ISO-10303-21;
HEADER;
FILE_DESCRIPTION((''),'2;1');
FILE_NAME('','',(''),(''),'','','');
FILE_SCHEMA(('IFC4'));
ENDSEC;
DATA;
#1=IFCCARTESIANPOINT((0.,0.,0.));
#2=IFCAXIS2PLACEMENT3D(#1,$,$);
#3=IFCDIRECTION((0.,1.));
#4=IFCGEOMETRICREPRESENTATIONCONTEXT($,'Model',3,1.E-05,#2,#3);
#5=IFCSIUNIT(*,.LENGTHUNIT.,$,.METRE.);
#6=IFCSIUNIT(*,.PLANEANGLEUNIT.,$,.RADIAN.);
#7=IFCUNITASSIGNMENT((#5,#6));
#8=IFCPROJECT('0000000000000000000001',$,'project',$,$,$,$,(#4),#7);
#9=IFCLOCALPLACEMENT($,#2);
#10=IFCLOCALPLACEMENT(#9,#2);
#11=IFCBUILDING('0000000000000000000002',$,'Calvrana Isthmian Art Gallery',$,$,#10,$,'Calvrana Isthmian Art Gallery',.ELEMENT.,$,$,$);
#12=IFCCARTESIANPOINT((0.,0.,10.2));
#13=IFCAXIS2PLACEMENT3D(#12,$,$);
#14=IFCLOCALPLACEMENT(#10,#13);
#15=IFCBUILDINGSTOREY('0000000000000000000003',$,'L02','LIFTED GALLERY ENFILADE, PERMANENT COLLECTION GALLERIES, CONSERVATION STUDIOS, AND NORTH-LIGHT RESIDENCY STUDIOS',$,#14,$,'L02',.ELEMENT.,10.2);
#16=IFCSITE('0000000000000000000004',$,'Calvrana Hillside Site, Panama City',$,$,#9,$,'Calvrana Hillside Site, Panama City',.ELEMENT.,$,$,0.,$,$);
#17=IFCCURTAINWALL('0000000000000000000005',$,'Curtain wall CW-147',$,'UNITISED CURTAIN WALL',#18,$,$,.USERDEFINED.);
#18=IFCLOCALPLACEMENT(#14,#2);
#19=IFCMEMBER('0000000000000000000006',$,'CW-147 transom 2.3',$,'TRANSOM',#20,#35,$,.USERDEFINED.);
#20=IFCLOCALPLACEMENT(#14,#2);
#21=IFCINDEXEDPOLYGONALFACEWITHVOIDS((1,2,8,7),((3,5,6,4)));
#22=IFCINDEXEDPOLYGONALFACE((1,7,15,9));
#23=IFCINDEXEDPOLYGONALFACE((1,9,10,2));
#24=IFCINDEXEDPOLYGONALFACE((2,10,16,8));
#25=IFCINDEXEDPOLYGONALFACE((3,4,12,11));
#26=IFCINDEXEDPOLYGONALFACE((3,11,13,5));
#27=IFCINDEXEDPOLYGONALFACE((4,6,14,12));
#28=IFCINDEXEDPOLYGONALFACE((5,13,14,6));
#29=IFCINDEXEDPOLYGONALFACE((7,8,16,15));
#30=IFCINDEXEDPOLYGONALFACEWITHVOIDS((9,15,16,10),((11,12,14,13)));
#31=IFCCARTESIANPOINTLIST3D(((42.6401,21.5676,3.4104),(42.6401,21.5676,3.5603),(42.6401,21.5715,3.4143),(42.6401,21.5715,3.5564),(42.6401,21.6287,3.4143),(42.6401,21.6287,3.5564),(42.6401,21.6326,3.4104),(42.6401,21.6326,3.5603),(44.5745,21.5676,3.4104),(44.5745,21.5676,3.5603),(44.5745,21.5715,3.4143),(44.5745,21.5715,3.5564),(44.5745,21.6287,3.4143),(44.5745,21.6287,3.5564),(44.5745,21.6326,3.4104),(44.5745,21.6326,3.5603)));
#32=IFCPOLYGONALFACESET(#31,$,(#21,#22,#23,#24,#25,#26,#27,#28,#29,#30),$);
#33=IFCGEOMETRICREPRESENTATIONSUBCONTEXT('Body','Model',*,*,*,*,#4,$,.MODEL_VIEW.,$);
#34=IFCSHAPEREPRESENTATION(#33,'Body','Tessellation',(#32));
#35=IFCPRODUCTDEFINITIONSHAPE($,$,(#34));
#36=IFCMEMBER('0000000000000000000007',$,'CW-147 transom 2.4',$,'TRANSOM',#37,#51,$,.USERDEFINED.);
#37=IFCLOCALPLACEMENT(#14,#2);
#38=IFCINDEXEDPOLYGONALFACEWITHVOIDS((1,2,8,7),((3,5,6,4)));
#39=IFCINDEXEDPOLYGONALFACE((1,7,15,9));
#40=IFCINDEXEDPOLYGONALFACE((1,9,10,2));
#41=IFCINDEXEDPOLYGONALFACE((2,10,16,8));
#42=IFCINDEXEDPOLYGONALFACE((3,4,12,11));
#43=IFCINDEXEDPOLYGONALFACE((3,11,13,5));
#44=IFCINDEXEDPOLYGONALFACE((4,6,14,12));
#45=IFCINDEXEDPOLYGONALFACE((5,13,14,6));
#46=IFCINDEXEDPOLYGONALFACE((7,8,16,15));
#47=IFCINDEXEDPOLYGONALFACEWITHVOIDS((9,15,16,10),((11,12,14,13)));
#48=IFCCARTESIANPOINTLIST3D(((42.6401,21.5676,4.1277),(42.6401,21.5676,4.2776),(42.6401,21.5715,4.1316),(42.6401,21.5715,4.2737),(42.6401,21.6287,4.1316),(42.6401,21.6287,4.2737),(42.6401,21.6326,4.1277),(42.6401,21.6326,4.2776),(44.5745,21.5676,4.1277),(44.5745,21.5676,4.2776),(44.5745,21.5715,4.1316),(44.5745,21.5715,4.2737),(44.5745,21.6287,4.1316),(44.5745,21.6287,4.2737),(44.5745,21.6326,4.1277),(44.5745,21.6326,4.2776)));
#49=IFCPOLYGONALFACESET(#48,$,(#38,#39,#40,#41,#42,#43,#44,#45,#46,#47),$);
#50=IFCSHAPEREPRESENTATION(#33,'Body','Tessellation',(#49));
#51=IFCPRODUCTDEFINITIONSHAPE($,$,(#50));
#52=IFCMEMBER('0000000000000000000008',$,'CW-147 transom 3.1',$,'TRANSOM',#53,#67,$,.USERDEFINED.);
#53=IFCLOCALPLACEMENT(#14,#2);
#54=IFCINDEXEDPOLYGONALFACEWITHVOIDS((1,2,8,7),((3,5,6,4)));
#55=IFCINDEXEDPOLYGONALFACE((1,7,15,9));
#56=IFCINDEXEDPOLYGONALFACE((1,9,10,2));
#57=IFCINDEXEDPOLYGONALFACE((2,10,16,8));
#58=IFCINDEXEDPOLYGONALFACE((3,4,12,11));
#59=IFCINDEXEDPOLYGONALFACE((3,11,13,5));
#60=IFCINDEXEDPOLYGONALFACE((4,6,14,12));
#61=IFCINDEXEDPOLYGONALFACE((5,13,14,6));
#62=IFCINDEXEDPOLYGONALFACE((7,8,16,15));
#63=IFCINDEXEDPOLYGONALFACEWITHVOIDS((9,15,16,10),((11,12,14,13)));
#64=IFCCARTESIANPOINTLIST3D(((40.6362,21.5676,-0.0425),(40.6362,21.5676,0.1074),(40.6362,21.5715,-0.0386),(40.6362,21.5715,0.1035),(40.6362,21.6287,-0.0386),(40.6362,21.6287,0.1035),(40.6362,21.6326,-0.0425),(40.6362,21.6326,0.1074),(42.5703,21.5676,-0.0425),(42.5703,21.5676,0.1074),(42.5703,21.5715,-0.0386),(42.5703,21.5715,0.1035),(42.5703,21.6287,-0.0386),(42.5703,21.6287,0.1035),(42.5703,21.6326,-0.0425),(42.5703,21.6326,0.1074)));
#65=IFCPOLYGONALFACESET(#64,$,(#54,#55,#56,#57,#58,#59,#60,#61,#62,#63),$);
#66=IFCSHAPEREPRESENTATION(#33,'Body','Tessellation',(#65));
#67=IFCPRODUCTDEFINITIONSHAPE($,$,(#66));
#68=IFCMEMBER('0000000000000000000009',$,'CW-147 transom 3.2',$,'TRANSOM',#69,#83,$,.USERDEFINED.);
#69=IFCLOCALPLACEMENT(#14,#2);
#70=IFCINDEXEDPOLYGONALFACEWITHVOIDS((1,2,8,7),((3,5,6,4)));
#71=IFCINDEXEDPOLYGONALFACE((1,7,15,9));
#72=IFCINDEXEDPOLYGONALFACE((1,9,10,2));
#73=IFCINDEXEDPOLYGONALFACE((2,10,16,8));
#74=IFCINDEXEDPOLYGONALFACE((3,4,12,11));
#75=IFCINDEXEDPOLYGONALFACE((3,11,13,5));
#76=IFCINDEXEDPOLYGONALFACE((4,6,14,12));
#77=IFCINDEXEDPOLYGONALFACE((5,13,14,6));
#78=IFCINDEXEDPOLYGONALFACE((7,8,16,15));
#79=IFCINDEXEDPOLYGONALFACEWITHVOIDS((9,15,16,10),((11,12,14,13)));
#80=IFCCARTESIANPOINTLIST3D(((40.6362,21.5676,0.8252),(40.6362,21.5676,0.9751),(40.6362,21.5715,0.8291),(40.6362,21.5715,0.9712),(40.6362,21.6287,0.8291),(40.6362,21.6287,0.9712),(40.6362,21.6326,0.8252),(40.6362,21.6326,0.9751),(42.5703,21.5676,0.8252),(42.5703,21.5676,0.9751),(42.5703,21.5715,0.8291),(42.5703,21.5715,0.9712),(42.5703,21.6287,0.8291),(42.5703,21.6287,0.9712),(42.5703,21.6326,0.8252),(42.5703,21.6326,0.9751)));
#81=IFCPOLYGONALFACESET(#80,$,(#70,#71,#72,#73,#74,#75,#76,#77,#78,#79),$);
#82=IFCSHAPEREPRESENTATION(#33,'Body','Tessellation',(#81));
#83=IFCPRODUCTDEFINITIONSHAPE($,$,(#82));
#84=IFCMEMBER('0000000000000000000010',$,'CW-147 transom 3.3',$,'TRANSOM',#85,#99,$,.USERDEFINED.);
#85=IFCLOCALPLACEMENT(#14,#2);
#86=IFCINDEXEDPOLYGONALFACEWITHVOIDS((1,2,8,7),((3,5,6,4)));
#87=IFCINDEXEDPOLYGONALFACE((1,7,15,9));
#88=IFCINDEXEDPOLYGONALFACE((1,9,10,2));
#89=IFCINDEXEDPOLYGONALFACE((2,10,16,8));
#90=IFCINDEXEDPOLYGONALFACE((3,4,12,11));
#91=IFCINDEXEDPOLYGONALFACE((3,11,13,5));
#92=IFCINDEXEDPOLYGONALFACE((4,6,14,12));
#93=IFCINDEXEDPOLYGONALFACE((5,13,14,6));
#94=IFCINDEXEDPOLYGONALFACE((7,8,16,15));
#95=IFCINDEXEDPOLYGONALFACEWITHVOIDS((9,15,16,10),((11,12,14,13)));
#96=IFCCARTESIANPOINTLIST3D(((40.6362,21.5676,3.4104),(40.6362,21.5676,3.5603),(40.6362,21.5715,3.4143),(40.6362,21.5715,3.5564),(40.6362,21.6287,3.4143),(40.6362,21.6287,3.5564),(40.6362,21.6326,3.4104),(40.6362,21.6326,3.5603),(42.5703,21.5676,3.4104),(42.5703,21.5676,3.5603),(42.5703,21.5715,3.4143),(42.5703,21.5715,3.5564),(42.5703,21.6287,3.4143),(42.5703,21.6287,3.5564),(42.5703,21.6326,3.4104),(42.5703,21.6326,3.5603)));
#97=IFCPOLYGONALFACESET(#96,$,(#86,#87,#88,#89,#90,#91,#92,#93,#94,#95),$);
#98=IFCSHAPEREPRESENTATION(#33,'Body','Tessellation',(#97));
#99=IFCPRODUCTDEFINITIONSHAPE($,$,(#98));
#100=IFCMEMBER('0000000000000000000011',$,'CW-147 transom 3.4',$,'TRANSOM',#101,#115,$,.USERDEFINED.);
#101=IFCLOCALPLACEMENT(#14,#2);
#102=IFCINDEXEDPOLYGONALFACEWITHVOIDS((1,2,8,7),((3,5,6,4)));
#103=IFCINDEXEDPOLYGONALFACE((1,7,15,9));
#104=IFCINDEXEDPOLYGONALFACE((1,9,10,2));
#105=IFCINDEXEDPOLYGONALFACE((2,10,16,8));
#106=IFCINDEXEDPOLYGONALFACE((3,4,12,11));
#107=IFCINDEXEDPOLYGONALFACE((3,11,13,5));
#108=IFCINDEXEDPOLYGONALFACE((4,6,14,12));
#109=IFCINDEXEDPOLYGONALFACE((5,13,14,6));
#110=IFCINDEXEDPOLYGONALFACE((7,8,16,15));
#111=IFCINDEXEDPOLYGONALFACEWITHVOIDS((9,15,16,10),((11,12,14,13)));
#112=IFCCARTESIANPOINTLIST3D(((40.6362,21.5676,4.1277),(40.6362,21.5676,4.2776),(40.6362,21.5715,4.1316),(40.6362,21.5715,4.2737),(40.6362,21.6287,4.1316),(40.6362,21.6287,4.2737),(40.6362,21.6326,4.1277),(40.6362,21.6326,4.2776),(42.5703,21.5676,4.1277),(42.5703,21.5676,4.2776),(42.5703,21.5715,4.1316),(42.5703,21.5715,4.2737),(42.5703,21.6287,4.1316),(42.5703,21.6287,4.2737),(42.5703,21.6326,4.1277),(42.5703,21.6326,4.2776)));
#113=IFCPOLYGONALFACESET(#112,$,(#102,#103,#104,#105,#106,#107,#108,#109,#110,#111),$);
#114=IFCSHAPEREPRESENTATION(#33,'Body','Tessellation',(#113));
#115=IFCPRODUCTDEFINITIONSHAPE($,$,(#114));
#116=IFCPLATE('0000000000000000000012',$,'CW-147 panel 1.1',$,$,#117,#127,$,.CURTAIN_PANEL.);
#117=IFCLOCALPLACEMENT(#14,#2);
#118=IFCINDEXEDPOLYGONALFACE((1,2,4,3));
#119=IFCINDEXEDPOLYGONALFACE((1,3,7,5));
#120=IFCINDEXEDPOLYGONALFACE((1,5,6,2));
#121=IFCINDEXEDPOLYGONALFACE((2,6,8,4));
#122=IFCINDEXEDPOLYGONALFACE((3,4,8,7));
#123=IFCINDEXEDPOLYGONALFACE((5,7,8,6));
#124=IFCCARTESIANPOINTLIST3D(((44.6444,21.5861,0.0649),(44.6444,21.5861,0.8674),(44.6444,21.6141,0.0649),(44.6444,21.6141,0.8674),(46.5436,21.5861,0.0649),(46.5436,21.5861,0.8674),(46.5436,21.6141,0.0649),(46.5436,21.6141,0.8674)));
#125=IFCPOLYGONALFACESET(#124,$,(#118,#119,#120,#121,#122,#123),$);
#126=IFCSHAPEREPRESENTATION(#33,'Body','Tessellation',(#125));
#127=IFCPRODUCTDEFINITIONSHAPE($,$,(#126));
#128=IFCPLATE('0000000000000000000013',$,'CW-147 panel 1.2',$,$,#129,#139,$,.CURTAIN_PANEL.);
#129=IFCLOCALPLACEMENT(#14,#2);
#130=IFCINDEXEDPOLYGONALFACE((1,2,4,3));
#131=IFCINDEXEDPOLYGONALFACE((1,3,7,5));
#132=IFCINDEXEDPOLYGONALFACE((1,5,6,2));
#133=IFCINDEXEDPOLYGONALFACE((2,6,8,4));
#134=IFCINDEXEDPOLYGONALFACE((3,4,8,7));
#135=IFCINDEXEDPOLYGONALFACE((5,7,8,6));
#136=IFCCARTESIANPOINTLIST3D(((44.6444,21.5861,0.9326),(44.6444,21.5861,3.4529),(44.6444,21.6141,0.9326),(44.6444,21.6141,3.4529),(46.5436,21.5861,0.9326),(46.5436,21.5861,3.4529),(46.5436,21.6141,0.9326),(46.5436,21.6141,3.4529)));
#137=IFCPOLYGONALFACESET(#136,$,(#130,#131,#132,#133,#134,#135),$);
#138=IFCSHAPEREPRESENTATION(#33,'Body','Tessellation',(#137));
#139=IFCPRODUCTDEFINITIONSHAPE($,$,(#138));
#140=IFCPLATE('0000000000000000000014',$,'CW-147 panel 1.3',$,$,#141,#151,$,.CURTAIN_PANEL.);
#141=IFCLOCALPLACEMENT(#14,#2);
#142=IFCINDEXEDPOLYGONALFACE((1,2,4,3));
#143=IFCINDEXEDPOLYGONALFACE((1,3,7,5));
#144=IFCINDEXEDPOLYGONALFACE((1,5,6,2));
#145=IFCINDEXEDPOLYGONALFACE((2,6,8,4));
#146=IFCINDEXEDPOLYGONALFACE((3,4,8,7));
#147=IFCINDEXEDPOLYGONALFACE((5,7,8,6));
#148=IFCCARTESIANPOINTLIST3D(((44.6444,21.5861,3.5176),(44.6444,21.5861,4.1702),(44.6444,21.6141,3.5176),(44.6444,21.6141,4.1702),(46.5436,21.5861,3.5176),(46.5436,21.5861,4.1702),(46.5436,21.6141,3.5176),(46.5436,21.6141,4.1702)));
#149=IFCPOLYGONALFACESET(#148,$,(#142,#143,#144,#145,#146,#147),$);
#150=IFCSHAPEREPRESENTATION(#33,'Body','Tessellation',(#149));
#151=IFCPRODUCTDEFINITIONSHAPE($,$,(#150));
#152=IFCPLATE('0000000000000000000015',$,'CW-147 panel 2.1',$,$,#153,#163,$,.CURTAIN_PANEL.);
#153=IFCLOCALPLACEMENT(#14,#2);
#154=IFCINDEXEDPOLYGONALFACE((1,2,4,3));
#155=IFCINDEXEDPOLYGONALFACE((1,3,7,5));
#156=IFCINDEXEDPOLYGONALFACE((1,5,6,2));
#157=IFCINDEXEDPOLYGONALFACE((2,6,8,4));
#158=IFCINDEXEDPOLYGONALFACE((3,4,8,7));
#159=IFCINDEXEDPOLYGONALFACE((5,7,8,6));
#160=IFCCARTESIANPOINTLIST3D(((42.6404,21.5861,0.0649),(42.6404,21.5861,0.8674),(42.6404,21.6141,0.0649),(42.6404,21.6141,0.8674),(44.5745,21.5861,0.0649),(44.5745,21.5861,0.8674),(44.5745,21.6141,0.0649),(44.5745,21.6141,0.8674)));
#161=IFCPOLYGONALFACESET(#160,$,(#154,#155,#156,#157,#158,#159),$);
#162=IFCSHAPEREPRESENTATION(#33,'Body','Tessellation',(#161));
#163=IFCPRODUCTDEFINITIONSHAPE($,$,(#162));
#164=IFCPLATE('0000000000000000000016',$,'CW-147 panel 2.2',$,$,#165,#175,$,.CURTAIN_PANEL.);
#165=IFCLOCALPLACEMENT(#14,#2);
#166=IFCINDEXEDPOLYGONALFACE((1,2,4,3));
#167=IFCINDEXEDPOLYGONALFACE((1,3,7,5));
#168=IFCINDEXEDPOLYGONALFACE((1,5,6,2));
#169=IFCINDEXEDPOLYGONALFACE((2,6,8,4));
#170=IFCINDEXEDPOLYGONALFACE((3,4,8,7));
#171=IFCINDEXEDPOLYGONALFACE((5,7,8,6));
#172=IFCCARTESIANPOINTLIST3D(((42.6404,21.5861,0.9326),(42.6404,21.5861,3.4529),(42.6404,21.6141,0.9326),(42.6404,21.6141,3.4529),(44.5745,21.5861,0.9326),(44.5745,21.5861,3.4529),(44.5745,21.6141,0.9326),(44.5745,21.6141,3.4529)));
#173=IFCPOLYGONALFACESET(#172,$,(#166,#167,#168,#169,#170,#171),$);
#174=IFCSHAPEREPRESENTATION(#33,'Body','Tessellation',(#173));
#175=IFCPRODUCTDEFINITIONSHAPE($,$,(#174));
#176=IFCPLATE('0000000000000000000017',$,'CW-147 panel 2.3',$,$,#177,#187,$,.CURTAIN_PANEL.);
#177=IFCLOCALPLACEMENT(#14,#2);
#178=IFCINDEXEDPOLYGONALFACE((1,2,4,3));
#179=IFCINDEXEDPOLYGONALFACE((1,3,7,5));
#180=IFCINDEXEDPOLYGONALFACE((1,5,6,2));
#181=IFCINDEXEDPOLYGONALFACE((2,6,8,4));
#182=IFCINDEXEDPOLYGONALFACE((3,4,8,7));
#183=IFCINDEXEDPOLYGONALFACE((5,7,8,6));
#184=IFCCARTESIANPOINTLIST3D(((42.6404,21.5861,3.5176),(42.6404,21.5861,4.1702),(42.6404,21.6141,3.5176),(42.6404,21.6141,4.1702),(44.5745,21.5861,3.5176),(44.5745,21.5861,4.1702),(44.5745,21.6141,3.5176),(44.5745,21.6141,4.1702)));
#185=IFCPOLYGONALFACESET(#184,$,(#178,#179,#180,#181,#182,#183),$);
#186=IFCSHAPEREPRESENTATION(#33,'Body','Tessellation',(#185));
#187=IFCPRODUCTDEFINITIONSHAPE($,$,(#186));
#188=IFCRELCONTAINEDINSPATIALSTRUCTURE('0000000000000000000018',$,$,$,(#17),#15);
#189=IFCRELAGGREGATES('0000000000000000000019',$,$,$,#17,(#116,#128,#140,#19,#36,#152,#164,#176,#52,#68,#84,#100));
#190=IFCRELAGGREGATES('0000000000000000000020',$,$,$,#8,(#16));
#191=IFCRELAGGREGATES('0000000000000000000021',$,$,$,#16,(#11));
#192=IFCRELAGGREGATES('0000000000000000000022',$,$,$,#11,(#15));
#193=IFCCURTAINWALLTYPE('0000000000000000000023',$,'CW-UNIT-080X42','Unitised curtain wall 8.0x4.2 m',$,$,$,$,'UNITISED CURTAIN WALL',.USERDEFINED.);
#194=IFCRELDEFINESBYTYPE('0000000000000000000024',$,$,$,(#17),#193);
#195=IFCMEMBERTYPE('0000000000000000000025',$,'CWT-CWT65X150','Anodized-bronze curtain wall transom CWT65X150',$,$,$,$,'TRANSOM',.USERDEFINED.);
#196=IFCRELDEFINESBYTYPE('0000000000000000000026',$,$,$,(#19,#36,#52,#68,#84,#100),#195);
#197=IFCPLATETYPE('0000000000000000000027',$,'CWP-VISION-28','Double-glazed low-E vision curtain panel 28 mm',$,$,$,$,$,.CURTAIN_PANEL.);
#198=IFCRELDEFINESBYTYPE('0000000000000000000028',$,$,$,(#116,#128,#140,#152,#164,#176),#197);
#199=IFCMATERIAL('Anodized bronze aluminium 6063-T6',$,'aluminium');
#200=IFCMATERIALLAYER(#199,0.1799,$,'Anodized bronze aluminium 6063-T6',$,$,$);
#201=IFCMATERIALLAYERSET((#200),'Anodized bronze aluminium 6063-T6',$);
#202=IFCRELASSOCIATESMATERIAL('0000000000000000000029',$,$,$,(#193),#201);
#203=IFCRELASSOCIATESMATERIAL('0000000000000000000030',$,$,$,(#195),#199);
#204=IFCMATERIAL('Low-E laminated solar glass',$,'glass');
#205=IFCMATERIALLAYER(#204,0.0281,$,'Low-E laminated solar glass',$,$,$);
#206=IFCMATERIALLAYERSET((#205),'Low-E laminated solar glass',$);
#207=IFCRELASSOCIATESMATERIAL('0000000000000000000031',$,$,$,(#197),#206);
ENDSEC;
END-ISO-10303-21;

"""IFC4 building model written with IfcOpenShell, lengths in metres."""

from ifc_helpers import new_model, si_unit, direction, frame, origin, origin_2d, place, context, subcontext, project, spatial, rectangle, hollow_rectangle, extrude, material, layer, layer_set, material_profile, profile_set, type_object, element, aggregate, save


model = new_model("IFC4")

# Units and contexts
model_context = context("Model", 3, precision=1e-05, world=origin(), true_north=direction((0.0, 1.0)))
body_context = subcontext(model_context, "Body", "Model", "MODEL_VIEW")
ifc_project = project(units=[si_unit("LENGTHUNIT", "METRE"), si_unit("PLANEANGLEUNIT", "RADIAN")], contexts=[model_context])

# Site, building, storey
site_placement = place(None, origin())
site = spatial("IfcSite", under=ifc_project, at=site_placement, Name="Calvrana Hillside Site, Panama City", LongName="Calvrana Hillside Site, Panama City", CompositionType="ELEMENT", RefElevation=0.0)
building_placement = place(site_placement, origin())
building = spatial("IfcBuilding", under=site, at=building_placement, Name="Calvrana Isthmian Art Gallery", LongName="Calvrana Isthmian Art Gallery", CompositionType="ELEMENT")
storey_placement = place(building_placement, frame((0.0, 0.0, 10.2)))
storey = spatial("IfcBuildingStorey", under=building, at=storey_placement, Name="L02", Description="LIFTED GALLERY ENFILADE, PERMANENT COLLECTION GALLERIES, CONSERVATION STUDIOS, AND NORTH-LIGHT RESIDENCY STUDIOS", LongName="L02", CompositionType="ELEMENT", Elevation=10.2)

# Curtain wall, members, plates
ifc_material_1 = material(Name="Anodized bronze aluminium 6063-T6", Category="aluminium")
ifc_layer_1 = layer(ifc_material_1, 0.1799, Name="Anodized bronze aluminium 6063-T6")
ifc_layer_set_1 = layer_set([ifc_layer_1], Name="Anodized bronze aluminium 6063-T6")
curtain_wall_type = type_object("IfcCurtainWallType", Name="CW-UNIT-080X42", Description="Unitised curtain wall 8.0x4.2 m", ElementType="UNITISED CURTAIN WALL", PredefinedType="USERDEFINED", material=ifc_layer_set_1)
curtain_wall_placement = place(storey_placement, origin())
curtain_wall = element("IfcCurtainWall", 1, at=curtain_wall_placement, inside=storey, type_object=curtain_wall_type, Name="Curtain wall CW-147", ObjectType="UNITISED CURTAIN WALL", PredefinedType="USERDEFINED")
ifc_material_profile_1 = material_profile(ifc_material_1, hollow_rectangle(XDim=0.0649, YDim=0.1499, WallThickness=0.0039, at=origin_2d()), Name="CWT65X150")
ifc_profile_set_1 = profile_set([ifc_material_profile_1], Name="Anodized bronze aluminium 6063-T6")
member_type_1 = type_object("IfcMemberType", Name="CWT-CWT65X150", Description="Anodized-bronze curtain wall transom CWT65X150", ElementType="TRANSOM", PredefinedType="USERDEFINED", material=ifc_profile_set_1)
member_1_placement = place(storey_placement, frame((44.5745, 21.6001, 3.4854), z_axis=(-1.0, 0.0, 0.0), x_axis=(0.0, -1.0, 0.0)))
member_1 = element("IfcMember", 2, at=member_1_placement, type_object=member_type_1, Name="CW-147 transom 2.3", ObjectType="TRANSOM", PredefinedType="USERDEFINED", context=body_context, shape_type="SweptSolid", body=[
    extrude(hollow_rectangle(XDim=0.0649, YDim=0.1499, WallThickness=0.0039, at=origin_2d()), origin(), (0.0, 0.0, 1.0), 1.9343),
])
member_2_placement = place(storey_placement, frame((44.5745, 21.6001, 4.2026), z_axis=(-1.0, 0.0, 0.0), x_axis=(0.0, -1.0, 0.0)))
member_2 = element("IfcMember", 3, at=member_2_placement, type_object=member_type_1, Name="CW-147 transom 2.4", ObjectType="TRANSOM", PredefinedType="USERDEFINED", context=body_context, shape_type="SweptSolid", body=[
    extrude(hollow_rectangle(XDim=0.0649, YDim=0.1499, WallThickness=0.0039, at=origin_2d()), origin(), (0.0, 0.0, 1.0), 1.9343),
])
member_3_placement = place(storey_placement, frame((42.5703, 21.6001, 0.0325), z_axis=(-1.0, 0.0, 0.0), x_axis=(0.0, -1.0, 0.0)))
member_3 = element("IfcMember", 4, at=member_3_placement, type_object=member_type_1, Name="CW-147 transom 3.1", ObjectType="TRANSOM", PredefinedType="USERDEFINED", context=body_context, shape_type="SweptSolid", body=[
    extrude(hollow_rectangle(XDim=0.0649, YDim=0.1499, WallThickness=0.0039, at=origin_2d()), origin(), (0.0, 0.0, 1.0), 1.9341),
])
member_4_placement = place(storey_placement, frame((42.5703, 21.6001, 0.9001), z_axis=(-1.0, 0.0, 0.0), x_axis=(0.0, -1.0, 0.0)))
member_4 = element("IfcMember", 5, at=member_4_placement, type_object=member_type_1, Name="CW-147 transom 3.2", ObjectType="TRANSOM", PredefinedType="USERDEFINED", context=body_context, shape_type="SweptSolid", body=[
    extrude(hollow_rectangle(XDim=0.0649, YDim=0.1499, WallThickness=0.0039, at=origin_2d()), origin(), (0.0, 0.0, 1.0), 1.9341),
])
member_5_placement = place(storey_placement, frame((42.5703, 21.6001, 3.4854), z_axis=(-1.0, 0.0, 0.0), x_axis=(0.0, -1.0, 0.0)))
member_5 = element("IfcMember", 6, at=member_5_placement, type_object=member_type_1, Name="CW-147 transom 3.3", ObjectType="TRANSOM", PredefinedType="USERDEFINED", context=body_context, shape_type="SweptSolid", body=[
    extrude(hollow_rectangle(XDim=0.0649, YDim=0.1499, WallThickness=0.0039, at=origin_2d()), origin(), (0.0, 0.0, 1.0), 1.9341),
])
member_6_placement = place(storey_placement, frame((42.5703, 21.6001, 4.2026), z_axis=(-1.0, 0.0, 0.0), x_axis=(0.0, -1.0, 0.0)))
member_6 = element("IfcMember", 7, at=member_6_placement, type_object=member_type_1, Name="CW-147 transom 3.4", ObjectType="TRANSOM", PredefinedType="USERDEFINED", context=body_context, shape_type="SweptSolid", body=[
    extrude(hollow_rectangle(XDim=0.0649, YDim=0.1499, WallThickness=0.0039, at=origin_2d()), origin(), (0.0, 0.0, 1.0), 1.9341),
])
ifc_material_2 = material(Name="Low-E laminated solar glass", Category="glass")
ifc_layer_2 = layer(ifc_material_2, 0.0281, Name="Low-E laminated solar glass")
ifc_layer_set_2 = layer_set([ifc_layer_2], Name="Low-E laminated solar glass")
plate_type = type_object("IfcPlateType", Name="CWP-VISION-28", Description="Double-glazed low-E vision curtain panel 28 mm", PredefinedType="CURTAIN_PANEL", material=ifc_layer_set_2)
plate_1_placement = place(storey_placement, frame((45.594, 21.6001, 0.0649), z_axis=(0.0, 0.0, 1.0), x_axis=(-1.0, 0.0, 0.0)))
plate_1 = element("IfcPlate", 8, at=plate_1_placement, type_object=plate_type, Name="CW-147 panel 1.1", PredefinedType="CURTAIN_PANEL", context=body_context, shape_type="SweptSolid", body=[
    extrude(rectangle(XDim=1.8992, YDim=0.0281, at=origin_2d()), origin(), (0.0, 0.0, 1.0), 0.8025),
])
plate_2_placement = place(storey_placement, frame((45.594, 21.6001, 0.9326), z_axis=(0.0, 0.0, 1.0), x_axis=(-1.0, 0.0, 0.0)))
plate_2 = element("IfcPlate", 9, at=plate_2_placement, type_object=plate_type, Name="CW-147 panel 1.2", PredefinedType="CURTAIN_PANEL", context=body_context, shape_type="SweptSolid", body=[
    extrude(rectangle(XDim=1.8992, YDim=0.0281, at=origin_2d()), origin(), (0.0, 0.0, 1.0), 2.5203),
])
plate_3_placement = place(storey_placement, frame((45.594, 21.6001, 3.5176), z_axis=(0.0, 0.0, 1.0), x_axis=(-1.0, 0.0, 0.0)))
plate_3 = element("IfcPlate", 10, at=plate_3_placement, type_object=plate_type, Name="CW-147 panel 1.3", PredefinedType="CURTAIN_PANEL", context=body_context, shape_type="SweptSolid", body=[
    extrude(rectangle(XDim=1.8992, YDim=0.0281, at=origin_2d()), origin(), (0.0, 0.0, 1.0), 0.6526),
])
plate_4_placement = place(storey_placement, frame((43.6074, 21.6001, 0.0649), z_axis=(0.0, 0.0, 1.0), x_axis=(-1.0, 0.0, 0.0)))
plate_4 = element("IfcPlate", 11, at=plate_4_placement, type_object=plate_type, Name="CW-147 panel 2.1", PredefinedType="CURTAIN_PANEL", context=body_context, shape_type="SweptSolid", body=[
    extrude(rectangle(XDim=1.9341, YDim=0.0281, at=origin_2d()), origin(), (0.0, 0.0, 1.0), 0.8025),
])
plate_5_placement = place(storey_placement, frame((43.6074, 21.6001, 0.9326), z_axis=(0.0, 0.0, 1.0), x_axis=(-1.0, 0.0, 0.0)))
plate_5 = element("IfcPlate", 12, at=plate_5_placement, type_object=plate_type, Name="CW-147 panel 2.2", PredefinedType="CURTAIN_PANEL", context=body_context, shape_type="SweptSolid", body=[
    extrude(rectangle(XDim=1.9341, YDim=0.0281, at=origin_2d()), origin(), (0.0, 0.0, 1.0), 2.5203),
])
plate_6_placement = place(storey_placement, frame((43.6074, 21.6001, 3.5176), z_axis=(0.0, 0.0, 1.0), x_axis=(-1.0, 0.0, 0.0)))
plate_6 = element("IfcPlate", 13, at=plate_6_placement, type_object=plate_type, Name="CW-147 panel 2.3", PredefinedType="CURTAIN_PANEL", context=body_context, shape_type="SweptSolid", body=[
    extrude(rectangle(XDim=1.9341, YDim=0.0281, at=origin_2d()), origin(), (0.0, 0.0, 1.0), 0.6526),
])
aggregate(curtain_wall, [plate_1, plate_2, plate_3, member_1, member_2, plate_4, plate_5, plate_6, member_3, member_4, member_5, member_6])

save(model, "model.ifc")
